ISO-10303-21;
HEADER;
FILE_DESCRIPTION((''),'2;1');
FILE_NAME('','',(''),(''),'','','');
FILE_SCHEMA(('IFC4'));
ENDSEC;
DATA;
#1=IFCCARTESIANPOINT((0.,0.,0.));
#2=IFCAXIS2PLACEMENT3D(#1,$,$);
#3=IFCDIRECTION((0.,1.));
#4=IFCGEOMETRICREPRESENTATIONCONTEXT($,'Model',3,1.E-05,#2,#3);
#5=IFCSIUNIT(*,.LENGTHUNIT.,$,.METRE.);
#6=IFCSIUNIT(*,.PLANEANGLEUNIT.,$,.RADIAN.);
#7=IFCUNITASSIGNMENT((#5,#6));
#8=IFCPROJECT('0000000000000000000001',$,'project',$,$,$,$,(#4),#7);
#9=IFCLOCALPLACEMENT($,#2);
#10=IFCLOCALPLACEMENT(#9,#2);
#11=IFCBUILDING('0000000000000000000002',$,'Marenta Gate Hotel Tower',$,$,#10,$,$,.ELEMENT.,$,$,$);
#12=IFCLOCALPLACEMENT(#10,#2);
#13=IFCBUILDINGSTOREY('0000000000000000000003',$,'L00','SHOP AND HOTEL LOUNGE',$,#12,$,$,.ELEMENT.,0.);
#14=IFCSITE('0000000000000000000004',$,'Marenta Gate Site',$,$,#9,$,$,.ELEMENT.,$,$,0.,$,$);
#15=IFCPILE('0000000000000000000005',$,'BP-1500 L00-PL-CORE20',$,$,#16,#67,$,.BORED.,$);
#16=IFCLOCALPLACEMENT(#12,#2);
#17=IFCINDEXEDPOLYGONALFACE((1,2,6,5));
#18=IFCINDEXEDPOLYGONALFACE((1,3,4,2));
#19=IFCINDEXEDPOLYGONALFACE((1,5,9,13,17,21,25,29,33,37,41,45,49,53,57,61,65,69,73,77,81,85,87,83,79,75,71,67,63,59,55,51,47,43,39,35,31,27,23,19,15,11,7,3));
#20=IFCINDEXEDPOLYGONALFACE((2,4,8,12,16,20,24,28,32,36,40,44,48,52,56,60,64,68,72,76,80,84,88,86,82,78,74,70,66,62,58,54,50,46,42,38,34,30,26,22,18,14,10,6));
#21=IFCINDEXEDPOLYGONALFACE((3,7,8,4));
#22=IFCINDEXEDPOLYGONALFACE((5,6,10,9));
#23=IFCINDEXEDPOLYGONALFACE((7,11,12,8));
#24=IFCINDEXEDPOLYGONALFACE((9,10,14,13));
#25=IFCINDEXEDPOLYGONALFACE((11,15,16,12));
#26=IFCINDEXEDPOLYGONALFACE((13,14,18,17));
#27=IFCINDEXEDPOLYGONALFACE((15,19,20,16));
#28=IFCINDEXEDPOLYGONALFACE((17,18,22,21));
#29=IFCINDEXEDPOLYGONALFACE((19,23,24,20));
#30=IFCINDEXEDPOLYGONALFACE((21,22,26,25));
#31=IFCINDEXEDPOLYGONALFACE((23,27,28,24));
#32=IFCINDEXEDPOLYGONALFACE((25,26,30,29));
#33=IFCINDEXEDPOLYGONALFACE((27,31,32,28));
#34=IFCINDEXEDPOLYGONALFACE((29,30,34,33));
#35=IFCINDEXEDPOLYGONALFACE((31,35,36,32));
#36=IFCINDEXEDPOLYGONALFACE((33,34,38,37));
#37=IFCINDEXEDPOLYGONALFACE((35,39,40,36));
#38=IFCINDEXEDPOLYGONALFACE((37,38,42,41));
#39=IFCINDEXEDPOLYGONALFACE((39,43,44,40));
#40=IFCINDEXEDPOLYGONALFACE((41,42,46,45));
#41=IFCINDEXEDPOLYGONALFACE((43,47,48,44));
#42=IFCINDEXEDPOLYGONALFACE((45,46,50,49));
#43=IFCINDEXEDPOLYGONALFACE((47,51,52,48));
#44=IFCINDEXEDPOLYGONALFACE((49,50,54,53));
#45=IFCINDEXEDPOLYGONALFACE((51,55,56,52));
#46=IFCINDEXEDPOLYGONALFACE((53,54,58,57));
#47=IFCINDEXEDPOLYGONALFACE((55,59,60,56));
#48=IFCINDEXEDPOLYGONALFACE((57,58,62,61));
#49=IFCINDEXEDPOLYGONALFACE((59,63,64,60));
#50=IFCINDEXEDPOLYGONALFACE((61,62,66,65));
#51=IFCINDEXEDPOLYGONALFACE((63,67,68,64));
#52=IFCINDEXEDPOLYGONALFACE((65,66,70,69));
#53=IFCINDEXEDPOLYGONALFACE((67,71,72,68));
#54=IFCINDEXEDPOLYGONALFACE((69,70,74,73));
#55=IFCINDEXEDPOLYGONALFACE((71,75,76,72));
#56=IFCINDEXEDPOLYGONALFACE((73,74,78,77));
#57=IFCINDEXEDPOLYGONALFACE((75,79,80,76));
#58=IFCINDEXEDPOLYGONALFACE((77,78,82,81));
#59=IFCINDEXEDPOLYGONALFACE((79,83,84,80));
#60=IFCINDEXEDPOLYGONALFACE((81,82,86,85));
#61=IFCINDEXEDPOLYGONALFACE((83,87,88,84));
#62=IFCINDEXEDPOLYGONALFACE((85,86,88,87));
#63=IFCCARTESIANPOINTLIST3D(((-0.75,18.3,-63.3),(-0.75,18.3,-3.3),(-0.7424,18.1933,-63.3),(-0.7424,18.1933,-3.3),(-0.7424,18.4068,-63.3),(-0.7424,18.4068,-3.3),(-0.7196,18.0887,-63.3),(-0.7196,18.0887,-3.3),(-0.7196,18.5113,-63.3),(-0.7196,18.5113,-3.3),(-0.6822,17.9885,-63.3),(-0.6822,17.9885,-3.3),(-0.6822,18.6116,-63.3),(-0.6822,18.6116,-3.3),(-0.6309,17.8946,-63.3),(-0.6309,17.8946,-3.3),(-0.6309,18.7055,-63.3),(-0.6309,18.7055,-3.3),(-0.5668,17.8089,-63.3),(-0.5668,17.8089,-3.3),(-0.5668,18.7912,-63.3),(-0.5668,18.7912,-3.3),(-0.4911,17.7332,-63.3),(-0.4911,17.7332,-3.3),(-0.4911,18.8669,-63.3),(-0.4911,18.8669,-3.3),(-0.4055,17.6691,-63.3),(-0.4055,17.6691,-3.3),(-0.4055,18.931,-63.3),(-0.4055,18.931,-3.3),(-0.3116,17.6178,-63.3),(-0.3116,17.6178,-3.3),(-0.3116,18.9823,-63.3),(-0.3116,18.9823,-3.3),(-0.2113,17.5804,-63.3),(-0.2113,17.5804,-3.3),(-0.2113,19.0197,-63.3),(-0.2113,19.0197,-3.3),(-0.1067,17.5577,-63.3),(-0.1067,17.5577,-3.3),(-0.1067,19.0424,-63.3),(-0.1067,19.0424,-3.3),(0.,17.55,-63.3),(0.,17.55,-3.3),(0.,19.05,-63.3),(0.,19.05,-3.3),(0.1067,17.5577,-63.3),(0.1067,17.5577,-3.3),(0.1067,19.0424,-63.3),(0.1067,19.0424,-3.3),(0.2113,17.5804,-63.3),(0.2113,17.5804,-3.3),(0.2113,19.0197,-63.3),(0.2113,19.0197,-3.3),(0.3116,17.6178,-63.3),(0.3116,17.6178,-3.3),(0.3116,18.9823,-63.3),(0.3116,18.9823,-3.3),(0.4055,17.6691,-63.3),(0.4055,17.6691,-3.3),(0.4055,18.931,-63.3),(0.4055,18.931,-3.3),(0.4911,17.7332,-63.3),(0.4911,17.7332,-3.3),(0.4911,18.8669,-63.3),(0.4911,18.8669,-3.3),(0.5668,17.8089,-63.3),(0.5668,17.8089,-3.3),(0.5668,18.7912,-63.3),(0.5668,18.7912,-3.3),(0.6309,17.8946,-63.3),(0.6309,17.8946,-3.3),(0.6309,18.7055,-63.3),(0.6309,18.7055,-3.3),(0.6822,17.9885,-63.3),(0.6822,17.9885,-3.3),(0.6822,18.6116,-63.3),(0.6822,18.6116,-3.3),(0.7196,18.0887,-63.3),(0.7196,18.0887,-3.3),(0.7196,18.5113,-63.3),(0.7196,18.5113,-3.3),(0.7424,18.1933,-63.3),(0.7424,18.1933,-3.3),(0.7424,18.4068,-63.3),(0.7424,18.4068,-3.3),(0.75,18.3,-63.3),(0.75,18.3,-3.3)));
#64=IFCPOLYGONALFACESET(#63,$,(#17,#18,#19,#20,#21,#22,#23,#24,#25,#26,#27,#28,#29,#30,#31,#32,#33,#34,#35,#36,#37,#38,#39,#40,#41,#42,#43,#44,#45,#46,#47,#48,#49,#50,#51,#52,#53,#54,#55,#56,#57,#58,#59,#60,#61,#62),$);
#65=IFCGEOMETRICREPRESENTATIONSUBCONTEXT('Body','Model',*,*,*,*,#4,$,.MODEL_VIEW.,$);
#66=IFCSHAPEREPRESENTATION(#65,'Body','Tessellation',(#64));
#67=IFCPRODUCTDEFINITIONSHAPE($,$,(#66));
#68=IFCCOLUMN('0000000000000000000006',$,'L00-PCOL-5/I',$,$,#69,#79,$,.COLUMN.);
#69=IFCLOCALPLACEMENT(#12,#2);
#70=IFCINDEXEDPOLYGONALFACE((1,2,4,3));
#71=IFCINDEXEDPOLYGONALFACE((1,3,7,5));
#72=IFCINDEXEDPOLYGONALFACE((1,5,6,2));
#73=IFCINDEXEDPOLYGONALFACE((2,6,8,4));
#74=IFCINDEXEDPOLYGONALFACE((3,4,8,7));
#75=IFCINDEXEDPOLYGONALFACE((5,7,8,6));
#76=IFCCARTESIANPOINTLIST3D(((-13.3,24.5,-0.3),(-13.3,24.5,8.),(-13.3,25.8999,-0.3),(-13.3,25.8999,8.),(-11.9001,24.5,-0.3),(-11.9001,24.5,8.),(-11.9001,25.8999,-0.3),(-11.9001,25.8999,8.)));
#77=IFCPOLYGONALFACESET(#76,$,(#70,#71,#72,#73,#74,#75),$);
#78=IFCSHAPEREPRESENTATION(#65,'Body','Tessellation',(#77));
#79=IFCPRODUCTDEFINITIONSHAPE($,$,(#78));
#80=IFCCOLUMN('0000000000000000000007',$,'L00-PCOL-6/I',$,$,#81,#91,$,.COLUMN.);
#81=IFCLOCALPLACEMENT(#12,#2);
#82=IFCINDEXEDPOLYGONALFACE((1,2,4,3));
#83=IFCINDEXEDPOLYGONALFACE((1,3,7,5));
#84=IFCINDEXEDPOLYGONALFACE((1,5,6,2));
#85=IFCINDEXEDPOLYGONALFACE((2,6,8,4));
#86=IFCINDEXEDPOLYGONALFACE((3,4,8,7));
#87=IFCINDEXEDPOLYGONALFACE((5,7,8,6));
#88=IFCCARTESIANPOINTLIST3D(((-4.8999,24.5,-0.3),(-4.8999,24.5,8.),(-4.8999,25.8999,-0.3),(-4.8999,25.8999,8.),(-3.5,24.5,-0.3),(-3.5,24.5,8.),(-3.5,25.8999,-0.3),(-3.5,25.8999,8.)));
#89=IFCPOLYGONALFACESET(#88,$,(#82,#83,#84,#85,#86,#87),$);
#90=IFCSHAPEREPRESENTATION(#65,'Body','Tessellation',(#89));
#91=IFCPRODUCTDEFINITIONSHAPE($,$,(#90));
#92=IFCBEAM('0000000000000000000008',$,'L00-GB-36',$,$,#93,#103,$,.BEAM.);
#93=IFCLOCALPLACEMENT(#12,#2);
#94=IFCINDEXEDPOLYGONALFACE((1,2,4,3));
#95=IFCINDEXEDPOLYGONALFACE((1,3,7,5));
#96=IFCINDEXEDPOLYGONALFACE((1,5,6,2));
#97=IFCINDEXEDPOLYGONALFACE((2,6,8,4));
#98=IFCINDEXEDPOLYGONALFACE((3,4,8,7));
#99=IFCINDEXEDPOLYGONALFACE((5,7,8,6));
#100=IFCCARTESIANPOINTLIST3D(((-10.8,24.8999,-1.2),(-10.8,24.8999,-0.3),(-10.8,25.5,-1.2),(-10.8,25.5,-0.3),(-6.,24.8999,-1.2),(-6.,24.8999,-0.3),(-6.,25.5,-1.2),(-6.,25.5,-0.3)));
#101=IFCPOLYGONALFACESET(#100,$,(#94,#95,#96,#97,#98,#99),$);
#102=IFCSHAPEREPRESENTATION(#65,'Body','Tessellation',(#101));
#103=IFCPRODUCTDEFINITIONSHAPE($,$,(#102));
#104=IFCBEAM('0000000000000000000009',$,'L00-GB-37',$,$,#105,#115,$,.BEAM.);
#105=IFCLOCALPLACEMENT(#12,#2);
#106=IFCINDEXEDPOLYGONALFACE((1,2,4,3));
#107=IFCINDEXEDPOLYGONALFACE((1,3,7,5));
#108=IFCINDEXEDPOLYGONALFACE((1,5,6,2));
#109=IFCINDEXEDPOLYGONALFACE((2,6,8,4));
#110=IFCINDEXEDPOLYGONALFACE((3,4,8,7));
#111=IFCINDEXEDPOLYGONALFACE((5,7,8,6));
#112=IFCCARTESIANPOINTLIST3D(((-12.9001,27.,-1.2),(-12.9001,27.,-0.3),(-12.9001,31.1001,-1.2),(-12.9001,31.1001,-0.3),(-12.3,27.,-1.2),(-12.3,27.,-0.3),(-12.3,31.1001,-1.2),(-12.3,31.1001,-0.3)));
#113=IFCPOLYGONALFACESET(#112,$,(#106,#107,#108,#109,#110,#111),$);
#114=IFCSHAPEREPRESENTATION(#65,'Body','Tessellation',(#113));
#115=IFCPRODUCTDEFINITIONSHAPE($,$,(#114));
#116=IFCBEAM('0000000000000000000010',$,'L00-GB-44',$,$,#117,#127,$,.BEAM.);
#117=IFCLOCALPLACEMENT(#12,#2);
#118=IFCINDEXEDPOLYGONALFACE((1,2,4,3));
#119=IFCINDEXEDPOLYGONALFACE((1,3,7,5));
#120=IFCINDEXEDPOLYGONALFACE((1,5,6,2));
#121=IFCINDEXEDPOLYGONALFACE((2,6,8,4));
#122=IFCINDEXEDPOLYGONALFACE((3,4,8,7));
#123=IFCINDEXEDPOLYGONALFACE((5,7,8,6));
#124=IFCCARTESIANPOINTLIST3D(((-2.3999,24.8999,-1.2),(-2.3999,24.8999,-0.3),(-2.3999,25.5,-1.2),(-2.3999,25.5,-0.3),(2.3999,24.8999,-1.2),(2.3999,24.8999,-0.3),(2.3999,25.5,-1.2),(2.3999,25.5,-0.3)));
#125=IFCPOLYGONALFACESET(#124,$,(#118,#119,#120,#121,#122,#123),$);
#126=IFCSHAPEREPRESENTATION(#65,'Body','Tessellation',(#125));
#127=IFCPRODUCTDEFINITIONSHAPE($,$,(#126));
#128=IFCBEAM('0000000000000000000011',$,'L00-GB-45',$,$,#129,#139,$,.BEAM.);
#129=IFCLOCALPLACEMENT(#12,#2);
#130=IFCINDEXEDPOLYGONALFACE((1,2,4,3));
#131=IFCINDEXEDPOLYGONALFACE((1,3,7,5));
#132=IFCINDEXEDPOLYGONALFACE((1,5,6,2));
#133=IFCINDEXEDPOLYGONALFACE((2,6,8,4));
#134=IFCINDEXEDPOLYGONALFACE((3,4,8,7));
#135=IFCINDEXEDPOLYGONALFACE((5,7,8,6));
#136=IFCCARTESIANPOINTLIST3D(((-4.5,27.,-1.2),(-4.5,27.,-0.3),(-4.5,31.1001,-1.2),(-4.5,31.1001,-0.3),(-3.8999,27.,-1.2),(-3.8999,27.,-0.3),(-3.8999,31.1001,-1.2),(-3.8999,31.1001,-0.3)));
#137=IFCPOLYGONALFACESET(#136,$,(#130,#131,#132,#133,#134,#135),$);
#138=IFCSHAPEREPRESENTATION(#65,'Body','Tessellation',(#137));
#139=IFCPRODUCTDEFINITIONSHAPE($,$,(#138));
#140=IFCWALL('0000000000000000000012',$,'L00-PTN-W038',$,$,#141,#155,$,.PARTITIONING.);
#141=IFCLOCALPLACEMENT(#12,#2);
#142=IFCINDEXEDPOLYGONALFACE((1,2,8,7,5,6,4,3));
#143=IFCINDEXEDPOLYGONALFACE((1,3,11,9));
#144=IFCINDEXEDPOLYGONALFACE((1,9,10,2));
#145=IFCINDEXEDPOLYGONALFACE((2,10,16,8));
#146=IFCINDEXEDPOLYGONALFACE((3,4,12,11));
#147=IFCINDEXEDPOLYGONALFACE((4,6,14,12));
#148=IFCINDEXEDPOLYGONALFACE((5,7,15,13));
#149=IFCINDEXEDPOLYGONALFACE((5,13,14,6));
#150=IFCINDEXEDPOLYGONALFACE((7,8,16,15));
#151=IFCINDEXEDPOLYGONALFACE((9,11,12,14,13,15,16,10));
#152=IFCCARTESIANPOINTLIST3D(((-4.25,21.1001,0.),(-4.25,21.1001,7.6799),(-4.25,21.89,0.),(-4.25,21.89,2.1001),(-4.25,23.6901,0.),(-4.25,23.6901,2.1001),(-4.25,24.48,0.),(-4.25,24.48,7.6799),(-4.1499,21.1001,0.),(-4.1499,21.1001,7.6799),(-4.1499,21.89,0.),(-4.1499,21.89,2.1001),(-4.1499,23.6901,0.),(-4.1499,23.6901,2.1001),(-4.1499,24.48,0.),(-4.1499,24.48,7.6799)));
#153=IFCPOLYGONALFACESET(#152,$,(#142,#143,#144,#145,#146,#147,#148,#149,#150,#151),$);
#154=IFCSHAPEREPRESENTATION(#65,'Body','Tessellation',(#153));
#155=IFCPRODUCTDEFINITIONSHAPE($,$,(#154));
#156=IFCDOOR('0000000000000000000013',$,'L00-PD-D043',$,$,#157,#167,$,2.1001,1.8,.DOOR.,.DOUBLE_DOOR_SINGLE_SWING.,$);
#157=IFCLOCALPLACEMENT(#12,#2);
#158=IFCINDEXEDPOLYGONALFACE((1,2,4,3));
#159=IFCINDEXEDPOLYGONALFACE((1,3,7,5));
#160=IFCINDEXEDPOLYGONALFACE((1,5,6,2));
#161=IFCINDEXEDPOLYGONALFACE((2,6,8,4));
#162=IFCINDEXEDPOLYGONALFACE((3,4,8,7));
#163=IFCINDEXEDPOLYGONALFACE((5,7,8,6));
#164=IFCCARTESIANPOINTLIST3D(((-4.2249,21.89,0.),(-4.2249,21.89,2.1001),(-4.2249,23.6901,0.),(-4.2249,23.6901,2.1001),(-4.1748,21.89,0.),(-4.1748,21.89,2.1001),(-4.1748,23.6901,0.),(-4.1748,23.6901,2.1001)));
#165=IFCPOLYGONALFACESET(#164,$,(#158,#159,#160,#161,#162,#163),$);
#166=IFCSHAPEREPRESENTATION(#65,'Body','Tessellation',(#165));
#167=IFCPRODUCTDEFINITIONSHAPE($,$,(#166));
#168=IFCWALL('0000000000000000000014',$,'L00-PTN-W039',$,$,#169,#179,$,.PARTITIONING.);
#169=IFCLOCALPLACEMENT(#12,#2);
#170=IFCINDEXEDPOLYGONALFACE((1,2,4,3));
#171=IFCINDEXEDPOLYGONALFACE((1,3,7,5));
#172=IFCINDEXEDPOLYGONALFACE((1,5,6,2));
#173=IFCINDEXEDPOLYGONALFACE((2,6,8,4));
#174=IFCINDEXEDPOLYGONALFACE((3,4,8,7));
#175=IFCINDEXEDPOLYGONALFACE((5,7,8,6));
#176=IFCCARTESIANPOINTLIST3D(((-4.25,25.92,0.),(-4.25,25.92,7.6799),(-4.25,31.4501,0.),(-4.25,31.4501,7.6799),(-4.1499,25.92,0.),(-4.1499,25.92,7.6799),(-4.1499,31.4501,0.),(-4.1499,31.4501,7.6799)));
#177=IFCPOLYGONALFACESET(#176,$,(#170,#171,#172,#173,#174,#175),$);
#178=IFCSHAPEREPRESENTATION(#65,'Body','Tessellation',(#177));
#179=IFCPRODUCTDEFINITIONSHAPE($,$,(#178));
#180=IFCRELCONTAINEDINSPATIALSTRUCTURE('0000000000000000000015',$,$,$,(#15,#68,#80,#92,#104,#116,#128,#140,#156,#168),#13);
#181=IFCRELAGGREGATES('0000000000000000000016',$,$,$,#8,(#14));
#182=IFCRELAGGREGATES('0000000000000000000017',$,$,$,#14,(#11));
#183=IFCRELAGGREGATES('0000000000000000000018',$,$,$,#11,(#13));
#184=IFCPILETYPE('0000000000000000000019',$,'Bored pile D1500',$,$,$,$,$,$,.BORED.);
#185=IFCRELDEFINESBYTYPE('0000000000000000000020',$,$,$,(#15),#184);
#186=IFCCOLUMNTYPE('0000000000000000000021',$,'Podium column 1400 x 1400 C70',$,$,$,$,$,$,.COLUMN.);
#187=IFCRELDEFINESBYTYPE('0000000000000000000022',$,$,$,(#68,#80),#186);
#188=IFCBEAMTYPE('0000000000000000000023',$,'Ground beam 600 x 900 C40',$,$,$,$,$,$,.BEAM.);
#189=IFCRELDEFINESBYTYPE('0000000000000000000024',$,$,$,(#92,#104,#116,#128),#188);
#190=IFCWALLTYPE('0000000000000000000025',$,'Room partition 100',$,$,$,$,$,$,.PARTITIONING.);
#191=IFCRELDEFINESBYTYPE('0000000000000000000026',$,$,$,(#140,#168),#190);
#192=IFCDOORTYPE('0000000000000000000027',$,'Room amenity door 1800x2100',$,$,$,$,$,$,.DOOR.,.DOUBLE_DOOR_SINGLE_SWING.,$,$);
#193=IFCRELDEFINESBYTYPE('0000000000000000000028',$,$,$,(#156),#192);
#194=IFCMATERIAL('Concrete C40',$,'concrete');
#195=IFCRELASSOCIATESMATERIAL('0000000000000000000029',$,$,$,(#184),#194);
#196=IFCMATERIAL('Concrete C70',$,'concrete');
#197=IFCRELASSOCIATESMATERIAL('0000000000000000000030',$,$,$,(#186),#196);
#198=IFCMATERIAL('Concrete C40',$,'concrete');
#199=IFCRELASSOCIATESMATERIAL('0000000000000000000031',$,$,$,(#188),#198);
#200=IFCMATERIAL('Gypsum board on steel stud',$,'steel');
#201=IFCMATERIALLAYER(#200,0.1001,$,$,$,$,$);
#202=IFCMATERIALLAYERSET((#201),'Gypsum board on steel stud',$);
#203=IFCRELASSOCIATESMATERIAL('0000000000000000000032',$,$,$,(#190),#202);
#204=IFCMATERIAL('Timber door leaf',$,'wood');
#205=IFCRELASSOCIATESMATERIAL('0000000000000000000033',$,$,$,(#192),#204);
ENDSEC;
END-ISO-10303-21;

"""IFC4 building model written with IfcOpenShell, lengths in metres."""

from ifc_helpers import new_model, si_unit, direction, frame, frame_2d, origin, origin_2d, place, context, subcontext, project, spatial, rectangle, circle, extrude, material, layer, layer_set, material_profile, profile_set, type_object, element, fill, save


model = new_model("IFC4")

# Units and contexts
model_context = context("Model", 3, precision=1e-05, world=origin(), true_north=direction((0.0, 1.0)))
body_context = subcontext(model_context, "Body", "Model", "MODEL_VIEW")
ifc_project = project(units=[si_unit("LENGTHUNIT", "METRE"), si_unit("PLANEANGLEUNIT", "RADIAN")], contexts=[model_context])

# Site, building, storey
site_placement = place(None, origin())
site = spatial("IfcSite", under=ifc_project, at=site_placement, Name="Marenta Gate Site", CompositionType="ELEMENT", RefElevation=0.0)
building_placement = place(site_placement, origin())
building = spatial("IfcBuilding", under=site, at=building_placement, Name="Marenta Gate Hotel Tower", CompositionType="ELEMENT")
storey_placement = place(building_placement, origin())
storey = spatial("IfcBuildingStorey", under=building, at=storey_placement, Name="L00", Description="SHOP AND HOTEL LOUNGE", CompositionType="ELEMENT", Elevation=0.0)

# Pile
ifc_material_1 = material(Name="Concrete C40", Category="concrete")
pile_type = type_object("IfcPileType", Name="Bored pile D1500", PredefinedType="BORED", material=ifc_material_1)
for number, where, z_axis, x_axis, name in (
    (1, (0.0, 18.3, -3.3), (0.0, 0.0, -1.0), (1.0, 0.0, 0.0), "BP-1500 L00-PL-CORE20"),
):
    element("IfcPile", number, at=place(storey_placement, frame(where, z_axis=z_axis, x_axis=x_axis)), inside=storey, type_object=pile_type, Name=name, PredefinedType="BORED", context=body_context, shape_type="SweptSolid", body=[
        extrude(circle(Radius=0.75, at=origin_2d()), origin(), (0.0, 0.0, 1.0), 60.0),
    ])

# Columns
ifc_material_2 = material(Name="Concrete C70", Category="concrete")
ifc_material_profile_1 = material_profile(ifc_material_2, rectangle(XDim=1.3999, YDim=1.3999, at=origin_2d()), Name="1400 x 1400")
ifc_profile_set_1 = profile_set([ifc_material_profile_1], Name="Concrete C70")
column_type = type_object("IfcColumnType", Name="Podium column 1400 x 1400 C70", PredefinedType="COLUMN", material=ifc_profile_set_1)
for number, where, z_axis, x_axis, name in (
    (2, (-12.6001, 25.2, -0.3), (0.0, 0.0, 1.0), (1.0, 0.0, 0.0), "L00-PCOL-5/I"),
    (3, (-4.2, 25.2, -0.3), (0.0, 0.0, 1.0), (1.0, 0.0, 0.0), "L00-PCOL-6/I"),
):
    element("IfcColumn", number, at=place(storey_placement, frame(where, z_axis=z_axis, x_axis=x_axis)), inside=storey, type_object=column_type, Name=name, PredefinedType="COLUMN", context=body_context, shape_type="SweptSolid", body=[
        extrude(rectangle(XDim=1.3999, YDim=1.3999, at=origin_2d()), origin(), (0.0, 0.0, 1.0), 8.3),
    ])

# Beams
ifc_material_3 = material(Name="Concrete C40", Category="concrete")
ifc_material_profile_2 = material_profile(ifc_material_3, rectangle(XDim=0.6001, YDim=0.8999, at=origin_2d()), Name="600 x 900")
ifc_profile_set_2 = profile_set([ifc_material_profile_2], Name="Concrete C40")
beam_type = type_object("IfcBeamType", Name="Ground beam 600 x 900 C40", PredefinedType="BEAM", material=ifc_profile_set_2)
beam_1_placement = place(storey_placement, frame((-10.8, 25.2, -0.75), z_axis=(1.0, 0.0, 0.0), x_axis=(0.0, 1.0, 0.0)))
element("IfcBeam", 4, at=beam_1_placement, inside=storey, type_object=beam_type, Name="L00-GB-36", PredefinedType="BEAM", context=body_context, shape_type="SweptSolid", body=[
    extrude(rectangle(XDim=0.6001, YDim=0.8999, at=origin_2d()), origin(), (0.0, 0.0, 1.0), 4.8),
])
beam_2_placement = place(storey_placement, frame((-12.6001, 27.0, -0.75), z_axis=(0.0, 1.0, 0.0), x_axis=(-1.0, 0.0, 0.0)))
element("IfcBeam", 5, at=beam_2_placement, inside=storey, type_object=beam_type, Name="L00-GB-37", PredefinedType="BEAM", context=body_context, shape_type="SweptSolid", body=[
    extrude(rectangle(XDim=0.6001, YDim=0.8999, at=origin_2d()), origin(), (0.0, 0.0, 1.0), 4.1001),
])
beam_3_placement = place(storey_placement, frame((-2.3999, 25.2, -0.75), z_axis=(1.0, 0.0, 0.0), x_axis=(0.0, 1.0, 0.0)))
element("IfcBeam", 6, at=beam_3_placement, inside=storey, type_object=beam_type, Name="L00-GB-44", PredefinedType="BEAM", context=body_context, shape_type="SweptSolid", body=[
    extrude(rectangle(XDim=0.6001, YDim=0.8999, at=origin_2d()), origin(), (0.0, 0.0, 1.0), 4.7998),
])
beam_4_placement = place(storey_placement, frame((-4.2, 27.0, -0.75), z_axis=(0.0, 1.0, 0.0), x_axis=(-1.0, 0.0, 0.0)))
element("IfcBeam", 7, at=beam_4_placement, inside=storey, type_object=beam_type, Name="L00-GB-45", PredefinedType="BEAM", context=body_context, shape_type="SweptSolid", body=[
    extrude(rectangle(XDim=0.6001, YDim=0.8999, at=origin_2d()), origin(), (0.0, 0.0, 1.0), 4.1001),
])

# Wall, opening, door
ifc_material_4 = material(Name="Gypsum board on steel stud", Category="steel")
ifc_layer_1 = layer(ifc_material_4, 0.1001)
ifc_layer_set_1 = layer_set([ifc_layer_1], Name="Gypsum board on steel stud")
wall_type_1 = type_object("IfcWallType", Name="Room partition 100", PredefinedType="PARTITIONING", material=ifc_layer_set_1)
wall_1_placement = place(storey_placement, frame((-4.2, 21.1001, 0.0), z_axis=(0.0, 0.0, 1.0), x_axis=(0.0, 1.0, 0.0)))
wall_1 = element("IfcWall", 8, at=wall_1_placement, inside=storey, type_object=wall_type_1, Name="L00-PTN-W038", PredefinedType="PARTITIONING", context=body_context, shape_type="SweptSolid", body=[
    extrude(rectangle(XDim=3.3799, YDim=0.1001, at=frame_2d((1.6899, 0.0))), origin(), (0.0, 0.0, 1.0), 7.6799),
])
opening_1_placement = place(wall_1_placement, frame((0.79, 0.0, 0.0)))
opening_1 = element("IfcOpeningElement", 9, at=opening_1_placement, cuts=wall_1, PredefinedType="OPENING", context=body_context, shape_type="SweptSolid", body=[
    extrude(rectangle(XDim=1.8, YDim=2.1001, at=frame_2d((0.8999, 1.05))), frame((0.0, 0.05, 0.0), z_axis=(0.0, -1.0, 0.0), x_axis=(1.0, 0.0, 0.0)), (0.0, 0.0, 1.0), 0.1001),
])
ifc_material_5 = material(Name="Timber door leaf", Category="wood")
door_type_1 = type_object("IfcDoorType", Name="Room amenity door 1800x2100", OperationType="DOUBLE_DOOR_SINGLE_SWING", PredefinedType="DOOR", material=ifc_material_5)
door_1_placement = place(opening_1_placement, origin())
door_1 = element("IfcDoor", 10, at=door_1_placement, inside=storey, type_object=door_type_1, Name="L00-PD-D043", OperationType="DOUBLE_DOOR_SINGLE_SWING", OverallHeight=2.1001, OverallWidth=1.8, PredefinedType="DOOR", context=body_context, shape_type="SweptSolid", body=[
    extrude(rectangle(XDim=1.8, YDim=2.1001, at=frame_2d((0.8999, 1.05))), frame((0.0, 0.0249, 0.0), z_axis=(0.0, -1.0, 0.0), x_axis=(1.0, 0.0, 0.0)), (0.0, 0.0, 1.0), 0.05),
])
fill(opening_1, door_1)

# Wall
wall_2_placement = place(storey_placement, frame((-4.2, 25.9199, 0.0), z_axis=(0.0, 0.0, 1.0), x_axis=(0.0, 1.0, 0.0)))
element("IfcWall", 11, at=wall_2_placement, inside=storey, type_object=wall_type_1, Name="L00-PTN-W039", PredefinedType="PARTITIONING", context=body_context, shape_type="SweptSolid", body=[
    extrude(rectangle(XDim=5.53, YDim=0.1001, at=frame_2d((2.7651, 0.0))), origin(), (0.0, 0.0, 1.0), 7.6799),
])

save(model, "model.ifc")
